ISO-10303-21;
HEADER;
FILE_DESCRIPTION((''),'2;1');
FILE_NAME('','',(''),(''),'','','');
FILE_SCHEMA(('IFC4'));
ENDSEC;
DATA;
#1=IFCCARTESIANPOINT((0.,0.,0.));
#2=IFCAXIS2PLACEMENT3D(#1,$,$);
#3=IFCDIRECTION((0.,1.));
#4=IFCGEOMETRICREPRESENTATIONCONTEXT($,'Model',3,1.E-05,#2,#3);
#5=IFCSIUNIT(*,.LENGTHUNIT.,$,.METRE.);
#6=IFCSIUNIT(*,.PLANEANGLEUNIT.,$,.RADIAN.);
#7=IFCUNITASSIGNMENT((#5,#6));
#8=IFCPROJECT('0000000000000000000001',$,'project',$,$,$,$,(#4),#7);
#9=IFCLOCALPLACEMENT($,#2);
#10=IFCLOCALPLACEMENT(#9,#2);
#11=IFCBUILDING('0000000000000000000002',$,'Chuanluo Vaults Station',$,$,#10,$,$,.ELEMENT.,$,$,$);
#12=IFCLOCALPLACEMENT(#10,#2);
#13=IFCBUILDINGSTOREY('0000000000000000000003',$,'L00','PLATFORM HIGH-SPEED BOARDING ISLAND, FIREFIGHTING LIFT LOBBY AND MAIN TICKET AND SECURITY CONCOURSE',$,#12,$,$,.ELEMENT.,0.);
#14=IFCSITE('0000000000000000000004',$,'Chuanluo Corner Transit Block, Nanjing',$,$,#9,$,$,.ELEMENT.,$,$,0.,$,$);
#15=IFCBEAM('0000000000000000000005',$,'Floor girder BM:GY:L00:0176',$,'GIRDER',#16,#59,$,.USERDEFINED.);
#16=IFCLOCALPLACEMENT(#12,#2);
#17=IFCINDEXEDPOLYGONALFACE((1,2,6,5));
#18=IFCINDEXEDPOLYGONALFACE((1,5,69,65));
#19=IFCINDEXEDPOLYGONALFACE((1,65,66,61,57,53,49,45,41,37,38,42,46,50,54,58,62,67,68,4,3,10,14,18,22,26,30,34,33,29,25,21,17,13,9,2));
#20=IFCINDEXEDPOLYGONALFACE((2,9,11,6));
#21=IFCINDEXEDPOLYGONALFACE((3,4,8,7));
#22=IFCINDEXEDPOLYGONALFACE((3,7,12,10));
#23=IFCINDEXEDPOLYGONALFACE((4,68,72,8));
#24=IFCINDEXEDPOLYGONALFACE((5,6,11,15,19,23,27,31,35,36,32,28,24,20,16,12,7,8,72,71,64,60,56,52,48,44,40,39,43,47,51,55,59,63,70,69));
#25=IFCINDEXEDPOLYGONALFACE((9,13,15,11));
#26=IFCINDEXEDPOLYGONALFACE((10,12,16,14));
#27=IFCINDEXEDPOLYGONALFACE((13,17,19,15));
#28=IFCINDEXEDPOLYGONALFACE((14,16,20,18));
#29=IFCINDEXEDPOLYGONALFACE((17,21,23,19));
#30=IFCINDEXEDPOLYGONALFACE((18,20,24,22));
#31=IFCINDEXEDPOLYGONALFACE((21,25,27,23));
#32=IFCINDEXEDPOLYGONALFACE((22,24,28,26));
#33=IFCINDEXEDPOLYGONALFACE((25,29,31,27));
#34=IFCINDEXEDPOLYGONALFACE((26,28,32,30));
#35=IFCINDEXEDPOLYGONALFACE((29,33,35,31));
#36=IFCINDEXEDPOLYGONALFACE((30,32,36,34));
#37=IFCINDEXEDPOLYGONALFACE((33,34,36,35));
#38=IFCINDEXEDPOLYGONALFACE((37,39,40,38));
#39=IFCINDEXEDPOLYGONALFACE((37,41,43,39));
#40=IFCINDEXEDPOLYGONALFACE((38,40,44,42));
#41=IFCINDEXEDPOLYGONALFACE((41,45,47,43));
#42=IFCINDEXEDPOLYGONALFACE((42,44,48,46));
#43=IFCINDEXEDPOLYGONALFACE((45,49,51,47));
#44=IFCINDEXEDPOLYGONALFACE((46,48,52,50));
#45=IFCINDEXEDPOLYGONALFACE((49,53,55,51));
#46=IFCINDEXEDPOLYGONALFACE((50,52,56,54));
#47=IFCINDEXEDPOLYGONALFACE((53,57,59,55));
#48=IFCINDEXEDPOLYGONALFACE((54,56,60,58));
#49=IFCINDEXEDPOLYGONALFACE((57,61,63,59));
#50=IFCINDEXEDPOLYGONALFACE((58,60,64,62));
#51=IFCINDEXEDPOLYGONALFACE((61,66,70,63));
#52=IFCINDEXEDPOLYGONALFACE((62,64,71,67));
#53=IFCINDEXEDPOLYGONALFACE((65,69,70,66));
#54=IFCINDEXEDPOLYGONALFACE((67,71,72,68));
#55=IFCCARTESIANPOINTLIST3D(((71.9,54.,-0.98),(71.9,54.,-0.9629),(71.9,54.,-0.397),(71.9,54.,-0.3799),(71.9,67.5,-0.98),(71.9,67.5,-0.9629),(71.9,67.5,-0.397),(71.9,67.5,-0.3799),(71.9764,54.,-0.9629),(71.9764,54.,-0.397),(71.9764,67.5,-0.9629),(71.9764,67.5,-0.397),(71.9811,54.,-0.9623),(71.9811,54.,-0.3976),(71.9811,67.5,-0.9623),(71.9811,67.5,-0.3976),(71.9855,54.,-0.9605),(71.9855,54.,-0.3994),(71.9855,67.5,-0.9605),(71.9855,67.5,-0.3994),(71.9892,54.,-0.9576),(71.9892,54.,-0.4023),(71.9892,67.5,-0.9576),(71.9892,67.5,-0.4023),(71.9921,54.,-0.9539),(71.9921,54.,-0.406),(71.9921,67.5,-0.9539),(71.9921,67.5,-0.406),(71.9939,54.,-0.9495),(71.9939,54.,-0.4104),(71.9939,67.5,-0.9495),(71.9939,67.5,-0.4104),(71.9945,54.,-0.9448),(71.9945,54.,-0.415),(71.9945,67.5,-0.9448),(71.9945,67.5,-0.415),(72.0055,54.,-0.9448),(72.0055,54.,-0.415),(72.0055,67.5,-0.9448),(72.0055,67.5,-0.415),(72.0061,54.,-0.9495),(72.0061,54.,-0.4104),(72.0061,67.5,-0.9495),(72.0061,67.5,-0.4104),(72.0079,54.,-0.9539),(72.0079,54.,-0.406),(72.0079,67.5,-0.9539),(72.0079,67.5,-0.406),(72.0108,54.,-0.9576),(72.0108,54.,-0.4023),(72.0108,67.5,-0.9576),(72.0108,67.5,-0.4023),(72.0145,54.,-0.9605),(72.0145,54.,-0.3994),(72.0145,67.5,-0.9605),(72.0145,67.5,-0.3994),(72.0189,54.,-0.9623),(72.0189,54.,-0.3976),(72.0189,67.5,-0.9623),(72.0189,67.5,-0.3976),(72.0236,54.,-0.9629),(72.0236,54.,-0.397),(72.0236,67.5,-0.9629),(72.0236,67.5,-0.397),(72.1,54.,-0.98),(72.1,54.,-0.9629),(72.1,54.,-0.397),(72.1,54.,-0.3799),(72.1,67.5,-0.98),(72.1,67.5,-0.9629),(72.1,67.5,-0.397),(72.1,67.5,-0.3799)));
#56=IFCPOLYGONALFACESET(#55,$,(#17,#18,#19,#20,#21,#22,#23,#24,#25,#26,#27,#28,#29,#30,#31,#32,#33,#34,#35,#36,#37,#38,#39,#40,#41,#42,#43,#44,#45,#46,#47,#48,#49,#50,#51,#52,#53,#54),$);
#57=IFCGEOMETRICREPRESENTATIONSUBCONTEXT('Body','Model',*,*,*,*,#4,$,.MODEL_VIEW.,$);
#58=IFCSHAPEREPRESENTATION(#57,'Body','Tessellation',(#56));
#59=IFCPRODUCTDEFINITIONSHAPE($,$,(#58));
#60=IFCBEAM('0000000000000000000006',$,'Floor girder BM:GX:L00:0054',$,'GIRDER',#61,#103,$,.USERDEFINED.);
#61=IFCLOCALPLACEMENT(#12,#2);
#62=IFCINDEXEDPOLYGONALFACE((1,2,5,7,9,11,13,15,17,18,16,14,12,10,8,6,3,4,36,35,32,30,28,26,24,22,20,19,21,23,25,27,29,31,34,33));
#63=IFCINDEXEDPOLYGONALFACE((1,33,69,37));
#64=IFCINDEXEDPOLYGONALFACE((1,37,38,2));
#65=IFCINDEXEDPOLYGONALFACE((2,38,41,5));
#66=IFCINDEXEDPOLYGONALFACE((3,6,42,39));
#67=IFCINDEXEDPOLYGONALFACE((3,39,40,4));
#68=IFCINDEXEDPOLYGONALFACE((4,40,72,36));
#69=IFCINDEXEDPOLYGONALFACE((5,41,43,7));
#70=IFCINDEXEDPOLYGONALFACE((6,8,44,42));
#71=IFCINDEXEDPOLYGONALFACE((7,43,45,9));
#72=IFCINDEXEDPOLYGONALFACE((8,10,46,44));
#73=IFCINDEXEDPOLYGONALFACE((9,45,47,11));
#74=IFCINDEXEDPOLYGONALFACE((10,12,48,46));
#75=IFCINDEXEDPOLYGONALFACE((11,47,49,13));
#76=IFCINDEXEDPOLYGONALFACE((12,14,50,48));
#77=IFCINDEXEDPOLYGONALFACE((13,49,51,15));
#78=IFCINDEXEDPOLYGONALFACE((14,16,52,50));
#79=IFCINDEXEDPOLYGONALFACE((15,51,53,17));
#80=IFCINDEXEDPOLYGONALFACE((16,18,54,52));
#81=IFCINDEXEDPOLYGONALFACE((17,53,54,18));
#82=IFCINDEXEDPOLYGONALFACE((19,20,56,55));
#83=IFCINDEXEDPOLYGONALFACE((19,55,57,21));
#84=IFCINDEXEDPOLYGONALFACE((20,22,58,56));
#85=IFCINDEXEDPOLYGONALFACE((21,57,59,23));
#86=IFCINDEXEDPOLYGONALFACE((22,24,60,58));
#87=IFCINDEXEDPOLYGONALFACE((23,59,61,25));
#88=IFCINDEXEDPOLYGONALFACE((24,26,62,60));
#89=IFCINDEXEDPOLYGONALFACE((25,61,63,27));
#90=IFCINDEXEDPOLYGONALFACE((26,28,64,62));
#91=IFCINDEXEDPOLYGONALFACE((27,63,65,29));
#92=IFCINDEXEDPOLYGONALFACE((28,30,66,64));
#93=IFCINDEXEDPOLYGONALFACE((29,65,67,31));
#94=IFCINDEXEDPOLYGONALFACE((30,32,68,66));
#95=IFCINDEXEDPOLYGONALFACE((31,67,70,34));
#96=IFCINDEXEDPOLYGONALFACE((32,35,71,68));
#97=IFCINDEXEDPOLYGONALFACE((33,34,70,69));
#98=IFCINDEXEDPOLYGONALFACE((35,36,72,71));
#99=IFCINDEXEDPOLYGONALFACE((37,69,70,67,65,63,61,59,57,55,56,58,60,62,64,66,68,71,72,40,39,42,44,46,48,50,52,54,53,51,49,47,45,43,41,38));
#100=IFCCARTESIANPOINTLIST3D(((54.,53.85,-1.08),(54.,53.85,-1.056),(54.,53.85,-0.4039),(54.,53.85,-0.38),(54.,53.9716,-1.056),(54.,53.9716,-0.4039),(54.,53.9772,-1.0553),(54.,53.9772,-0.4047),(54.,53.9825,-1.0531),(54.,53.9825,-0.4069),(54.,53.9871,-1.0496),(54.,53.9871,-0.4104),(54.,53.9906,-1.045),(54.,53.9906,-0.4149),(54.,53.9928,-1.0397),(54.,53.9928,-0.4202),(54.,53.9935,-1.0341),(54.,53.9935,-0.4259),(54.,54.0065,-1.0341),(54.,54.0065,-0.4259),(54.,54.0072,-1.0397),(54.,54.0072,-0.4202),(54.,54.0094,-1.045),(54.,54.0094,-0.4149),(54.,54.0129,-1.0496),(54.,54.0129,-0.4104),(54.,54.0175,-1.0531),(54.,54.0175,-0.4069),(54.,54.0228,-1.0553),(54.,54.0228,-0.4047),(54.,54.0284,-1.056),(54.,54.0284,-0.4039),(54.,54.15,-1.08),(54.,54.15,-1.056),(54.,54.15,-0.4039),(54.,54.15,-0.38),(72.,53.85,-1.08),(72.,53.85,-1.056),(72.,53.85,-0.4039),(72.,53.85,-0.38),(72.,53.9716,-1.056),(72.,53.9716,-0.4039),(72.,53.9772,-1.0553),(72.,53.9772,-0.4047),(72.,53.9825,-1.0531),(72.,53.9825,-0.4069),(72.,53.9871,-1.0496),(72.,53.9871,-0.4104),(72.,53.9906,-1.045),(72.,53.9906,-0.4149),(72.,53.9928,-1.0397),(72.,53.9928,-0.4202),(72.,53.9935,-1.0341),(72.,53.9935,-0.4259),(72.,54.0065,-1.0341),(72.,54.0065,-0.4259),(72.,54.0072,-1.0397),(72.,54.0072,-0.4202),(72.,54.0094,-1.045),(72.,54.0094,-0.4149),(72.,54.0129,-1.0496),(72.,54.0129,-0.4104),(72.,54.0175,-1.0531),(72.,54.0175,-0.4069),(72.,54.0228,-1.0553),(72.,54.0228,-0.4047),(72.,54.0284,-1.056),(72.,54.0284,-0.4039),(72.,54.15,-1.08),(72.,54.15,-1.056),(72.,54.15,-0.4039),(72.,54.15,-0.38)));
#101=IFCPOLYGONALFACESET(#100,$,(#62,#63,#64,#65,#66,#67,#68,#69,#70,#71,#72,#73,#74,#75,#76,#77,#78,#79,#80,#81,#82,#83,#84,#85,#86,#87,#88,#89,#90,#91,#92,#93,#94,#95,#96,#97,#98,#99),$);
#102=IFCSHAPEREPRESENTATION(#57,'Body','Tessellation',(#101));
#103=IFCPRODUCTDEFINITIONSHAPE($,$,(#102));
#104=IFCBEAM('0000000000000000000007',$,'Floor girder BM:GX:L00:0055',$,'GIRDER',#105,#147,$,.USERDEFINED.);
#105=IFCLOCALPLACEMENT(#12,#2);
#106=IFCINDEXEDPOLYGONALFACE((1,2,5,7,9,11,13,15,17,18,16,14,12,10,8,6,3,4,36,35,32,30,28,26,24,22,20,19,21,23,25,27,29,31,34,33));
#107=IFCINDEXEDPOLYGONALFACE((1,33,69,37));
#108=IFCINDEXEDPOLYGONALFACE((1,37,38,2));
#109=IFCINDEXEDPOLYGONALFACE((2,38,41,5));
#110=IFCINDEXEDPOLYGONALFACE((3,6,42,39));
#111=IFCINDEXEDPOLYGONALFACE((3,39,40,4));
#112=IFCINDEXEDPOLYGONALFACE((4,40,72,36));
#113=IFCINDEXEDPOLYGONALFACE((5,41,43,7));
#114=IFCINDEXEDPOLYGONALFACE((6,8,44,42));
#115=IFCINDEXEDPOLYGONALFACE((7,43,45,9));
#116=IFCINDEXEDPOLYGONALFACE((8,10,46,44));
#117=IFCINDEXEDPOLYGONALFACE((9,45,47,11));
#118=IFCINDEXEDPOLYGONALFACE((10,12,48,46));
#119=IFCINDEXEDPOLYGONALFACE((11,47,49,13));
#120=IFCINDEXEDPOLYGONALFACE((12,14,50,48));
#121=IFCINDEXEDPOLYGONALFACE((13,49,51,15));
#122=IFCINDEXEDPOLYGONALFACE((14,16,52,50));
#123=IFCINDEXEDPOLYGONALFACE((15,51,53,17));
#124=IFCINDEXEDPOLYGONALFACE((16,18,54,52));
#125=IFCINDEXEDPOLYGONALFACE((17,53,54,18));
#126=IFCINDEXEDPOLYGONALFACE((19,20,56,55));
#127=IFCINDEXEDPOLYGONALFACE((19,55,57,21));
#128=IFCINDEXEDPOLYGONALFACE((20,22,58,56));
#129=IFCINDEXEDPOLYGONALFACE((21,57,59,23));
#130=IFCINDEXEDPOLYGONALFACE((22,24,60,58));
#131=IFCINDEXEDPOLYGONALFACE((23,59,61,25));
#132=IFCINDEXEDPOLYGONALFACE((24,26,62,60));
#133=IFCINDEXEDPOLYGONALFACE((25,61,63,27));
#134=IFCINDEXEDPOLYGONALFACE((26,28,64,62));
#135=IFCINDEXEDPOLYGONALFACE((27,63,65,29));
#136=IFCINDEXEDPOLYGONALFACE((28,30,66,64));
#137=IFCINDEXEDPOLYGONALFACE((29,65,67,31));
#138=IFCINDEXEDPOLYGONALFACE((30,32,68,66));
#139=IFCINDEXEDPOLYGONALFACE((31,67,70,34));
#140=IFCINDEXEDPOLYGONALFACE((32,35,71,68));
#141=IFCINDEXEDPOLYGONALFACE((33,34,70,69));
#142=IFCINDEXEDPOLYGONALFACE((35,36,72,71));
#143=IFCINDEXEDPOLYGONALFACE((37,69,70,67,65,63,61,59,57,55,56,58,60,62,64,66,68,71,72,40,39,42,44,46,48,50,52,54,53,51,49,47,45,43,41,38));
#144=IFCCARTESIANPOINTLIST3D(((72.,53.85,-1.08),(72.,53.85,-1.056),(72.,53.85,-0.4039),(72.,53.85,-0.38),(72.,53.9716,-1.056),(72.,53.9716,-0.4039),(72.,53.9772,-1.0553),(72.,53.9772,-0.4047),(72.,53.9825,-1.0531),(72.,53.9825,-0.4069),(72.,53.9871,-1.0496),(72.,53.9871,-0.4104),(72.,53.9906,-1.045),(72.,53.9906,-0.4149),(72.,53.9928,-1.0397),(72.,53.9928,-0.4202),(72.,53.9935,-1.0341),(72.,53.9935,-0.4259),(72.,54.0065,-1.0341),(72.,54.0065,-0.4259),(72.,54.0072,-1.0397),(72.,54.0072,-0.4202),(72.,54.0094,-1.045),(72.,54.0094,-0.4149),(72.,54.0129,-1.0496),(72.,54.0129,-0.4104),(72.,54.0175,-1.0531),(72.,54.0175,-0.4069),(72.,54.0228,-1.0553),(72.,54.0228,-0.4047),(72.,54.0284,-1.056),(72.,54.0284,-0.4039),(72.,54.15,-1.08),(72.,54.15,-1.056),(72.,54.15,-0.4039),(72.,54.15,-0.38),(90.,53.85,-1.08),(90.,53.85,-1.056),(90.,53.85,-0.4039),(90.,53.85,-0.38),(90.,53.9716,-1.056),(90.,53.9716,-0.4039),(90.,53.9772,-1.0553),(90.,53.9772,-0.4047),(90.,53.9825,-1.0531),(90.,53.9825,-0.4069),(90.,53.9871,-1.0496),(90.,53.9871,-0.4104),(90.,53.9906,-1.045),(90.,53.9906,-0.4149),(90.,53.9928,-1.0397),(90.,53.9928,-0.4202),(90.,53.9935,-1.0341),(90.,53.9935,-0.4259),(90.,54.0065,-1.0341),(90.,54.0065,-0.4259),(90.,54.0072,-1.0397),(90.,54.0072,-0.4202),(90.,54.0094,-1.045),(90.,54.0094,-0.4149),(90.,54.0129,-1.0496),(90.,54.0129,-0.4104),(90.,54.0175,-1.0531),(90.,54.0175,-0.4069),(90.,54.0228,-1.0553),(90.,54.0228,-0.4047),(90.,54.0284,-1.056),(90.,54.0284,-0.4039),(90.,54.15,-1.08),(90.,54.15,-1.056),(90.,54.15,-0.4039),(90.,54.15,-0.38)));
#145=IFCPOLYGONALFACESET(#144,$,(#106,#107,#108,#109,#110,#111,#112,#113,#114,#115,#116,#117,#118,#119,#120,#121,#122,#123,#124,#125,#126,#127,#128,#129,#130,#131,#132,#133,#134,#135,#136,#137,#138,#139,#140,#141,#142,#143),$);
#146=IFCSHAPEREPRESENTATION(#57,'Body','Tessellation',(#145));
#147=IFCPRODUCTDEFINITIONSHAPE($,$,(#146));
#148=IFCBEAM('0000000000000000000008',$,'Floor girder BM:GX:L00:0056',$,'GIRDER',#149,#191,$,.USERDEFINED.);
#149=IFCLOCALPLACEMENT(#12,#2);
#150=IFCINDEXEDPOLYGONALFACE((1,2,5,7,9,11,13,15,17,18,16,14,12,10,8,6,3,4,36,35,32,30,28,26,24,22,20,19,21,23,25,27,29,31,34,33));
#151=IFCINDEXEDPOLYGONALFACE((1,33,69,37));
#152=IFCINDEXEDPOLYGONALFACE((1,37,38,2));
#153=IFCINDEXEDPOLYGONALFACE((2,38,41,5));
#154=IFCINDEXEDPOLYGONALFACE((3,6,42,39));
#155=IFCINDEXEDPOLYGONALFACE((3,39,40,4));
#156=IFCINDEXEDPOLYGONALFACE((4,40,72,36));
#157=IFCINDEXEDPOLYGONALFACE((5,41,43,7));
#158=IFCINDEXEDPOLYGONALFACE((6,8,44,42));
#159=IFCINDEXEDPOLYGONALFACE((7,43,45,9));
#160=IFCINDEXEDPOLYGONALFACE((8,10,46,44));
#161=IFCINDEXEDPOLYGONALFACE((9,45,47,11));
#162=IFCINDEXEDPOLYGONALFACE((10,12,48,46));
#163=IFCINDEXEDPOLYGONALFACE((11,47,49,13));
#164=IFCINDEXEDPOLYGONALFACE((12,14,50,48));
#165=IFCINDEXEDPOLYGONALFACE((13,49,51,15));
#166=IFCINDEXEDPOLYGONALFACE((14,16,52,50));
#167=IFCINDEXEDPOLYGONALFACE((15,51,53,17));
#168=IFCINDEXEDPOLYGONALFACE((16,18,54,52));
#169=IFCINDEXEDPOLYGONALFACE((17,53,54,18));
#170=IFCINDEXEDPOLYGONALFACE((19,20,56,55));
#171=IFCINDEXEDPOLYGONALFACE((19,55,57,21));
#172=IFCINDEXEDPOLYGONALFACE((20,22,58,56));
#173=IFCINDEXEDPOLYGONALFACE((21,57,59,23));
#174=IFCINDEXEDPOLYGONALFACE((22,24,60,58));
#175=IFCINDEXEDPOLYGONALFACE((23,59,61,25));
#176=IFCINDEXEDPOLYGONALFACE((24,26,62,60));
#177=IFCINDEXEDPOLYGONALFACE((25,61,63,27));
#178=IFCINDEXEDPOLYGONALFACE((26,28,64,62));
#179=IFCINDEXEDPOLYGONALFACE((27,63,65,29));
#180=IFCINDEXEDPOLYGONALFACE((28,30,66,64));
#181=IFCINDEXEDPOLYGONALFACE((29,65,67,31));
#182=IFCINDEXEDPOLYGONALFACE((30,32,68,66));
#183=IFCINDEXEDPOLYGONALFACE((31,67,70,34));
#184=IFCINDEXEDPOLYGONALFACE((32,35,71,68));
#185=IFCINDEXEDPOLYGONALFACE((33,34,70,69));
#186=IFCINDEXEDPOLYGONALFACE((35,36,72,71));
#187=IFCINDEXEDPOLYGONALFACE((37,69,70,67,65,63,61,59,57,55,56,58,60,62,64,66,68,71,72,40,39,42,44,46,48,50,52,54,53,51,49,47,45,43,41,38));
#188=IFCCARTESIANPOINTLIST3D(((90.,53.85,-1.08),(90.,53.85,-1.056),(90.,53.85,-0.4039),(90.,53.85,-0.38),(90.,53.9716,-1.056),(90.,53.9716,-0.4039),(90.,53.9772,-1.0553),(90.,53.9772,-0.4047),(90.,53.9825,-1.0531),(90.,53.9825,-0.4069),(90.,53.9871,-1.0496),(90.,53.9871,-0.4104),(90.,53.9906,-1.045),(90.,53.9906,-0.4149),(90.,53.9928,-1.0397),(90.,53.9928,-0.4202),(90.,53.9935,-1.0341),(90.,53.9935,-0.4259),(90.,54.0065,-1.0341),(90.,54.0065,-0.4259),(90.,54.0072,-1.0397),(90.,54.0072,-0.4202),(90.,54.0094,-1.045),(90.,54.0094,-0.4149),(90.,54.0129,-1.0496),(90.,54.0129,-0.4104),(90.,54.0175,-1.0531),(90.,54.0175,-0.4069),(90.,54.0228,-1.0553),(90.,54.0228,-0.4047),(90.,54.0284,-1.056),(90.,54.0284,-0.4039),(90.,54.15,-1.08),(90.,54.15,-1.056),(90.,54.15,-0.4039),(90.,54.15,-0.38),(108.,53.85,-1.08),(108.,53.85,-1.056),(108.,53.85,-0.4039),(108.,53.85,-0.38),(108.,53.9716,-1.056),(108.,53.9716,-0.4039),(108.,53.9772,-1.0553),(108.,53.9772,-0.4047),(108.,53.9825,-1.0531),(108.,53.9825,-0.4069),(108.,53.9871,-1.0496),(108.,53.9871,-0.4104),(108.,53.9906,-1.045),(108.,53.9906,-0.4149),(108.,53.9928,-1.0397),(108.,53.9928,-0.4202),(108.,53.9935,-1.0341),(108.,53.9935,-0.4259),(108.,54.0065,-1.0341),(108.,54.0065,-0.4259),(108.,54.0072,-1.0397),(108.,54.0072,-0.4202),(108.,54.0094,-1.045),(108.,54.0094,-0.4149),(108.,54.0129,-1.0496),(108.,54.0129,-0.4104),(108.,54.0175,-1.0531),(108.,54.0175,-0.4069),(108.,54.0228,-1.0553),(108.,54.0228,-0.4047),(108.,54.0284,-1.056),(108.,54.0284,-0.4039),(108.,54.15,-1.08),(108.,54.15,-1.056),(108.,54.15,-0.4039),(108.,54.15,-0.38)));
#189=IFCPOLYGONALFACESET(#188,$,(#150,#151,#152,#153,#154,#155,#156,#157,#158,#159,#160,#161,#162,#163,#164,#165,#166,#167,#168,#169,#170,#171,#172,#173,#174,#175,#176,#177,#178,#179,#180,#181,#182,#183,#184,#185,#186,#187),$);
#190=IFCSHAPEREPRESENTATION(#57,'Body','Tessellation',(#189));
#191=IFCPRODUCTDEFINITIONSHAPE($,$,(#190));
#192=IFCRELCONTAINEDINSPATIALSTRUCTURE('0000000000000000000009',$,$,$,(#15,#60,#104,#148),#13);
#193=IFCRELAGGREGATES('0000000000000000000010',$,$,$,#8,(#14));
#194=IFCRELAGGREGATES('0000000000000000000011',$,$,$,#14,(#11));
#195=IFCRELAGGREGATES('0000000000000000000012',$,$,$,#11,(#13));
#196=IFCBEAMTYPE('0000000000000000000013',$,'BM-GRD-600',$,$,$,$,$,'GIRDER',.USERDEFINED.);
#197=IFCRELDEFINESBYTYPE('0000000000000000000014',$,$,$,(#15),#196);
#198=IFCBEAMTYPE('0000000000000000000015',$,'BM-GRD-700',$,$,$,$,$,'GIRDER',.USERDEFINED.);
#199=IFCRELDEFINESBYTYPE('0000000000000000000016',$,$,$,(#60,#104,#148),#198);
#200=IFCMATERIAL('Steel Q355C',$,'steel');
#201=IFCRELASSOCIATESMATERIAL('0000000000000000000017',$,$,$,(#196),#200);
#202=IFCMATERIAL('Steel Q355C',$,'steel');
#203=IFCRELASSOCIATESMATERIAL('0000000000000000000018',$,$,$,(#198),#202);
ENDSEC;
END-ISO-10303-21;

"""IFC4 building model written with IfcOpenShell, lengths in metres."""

from ifc_helpers import new_model, si_unit, direction, frame, origin, origin_2d, place, context, subcontext, project, spatial, i_section, extrude, material, material_profile, profile_set, type_object, element, save


model = new_model("IFC4")

# Units and contexts
model_context = context("Model", 3, precision=1e-05, world=origin(), true_north=direction((0.0, 1.0)))
body_context = subcontext(model_context, "Body", "Model", "MODEL_VIEW")
ifc_project = project(units=[si_unit("LENGTHUNIT", "METRE"), si_unit("PLANEANGLEUNIT", "RADIAN")], contexts=[model_context])

# Site, building, storey
site_placement = place(None, origin())
site = spatial("IfcSite", under=ifc_project, at=site_placement, Name="Chuanluo Corner Transit Block, Nanjing", CompositionType="ELEMENT", RefElevation=0.0)
building_placement = place(site_placement, origin())
building = spatial("IfcBuilding", under=site, at=building_placement, Name="Chuanluo Vaults Station", CompositionType="ELEMENT")
storey_placement = place(building_placement, origin())
storey = spatial("IfcBuildingStorey", under=building, at=storey_placement, Name="L00", Description="PLATFORM HIGH-SPEED BOARDING ISLAND, FIREFIGHTING LIFT LOBBY AND MAIN TICKET AND SECURITY CONCOURSE", CompositionType="ELEMENT", Elevation=0.0)

# Beams
ifc_material_1 = material(Name="Steel Q355C", Category="steel")
ifc_material_profile_1 = material_profile(ifc_material_1, i_section(OverallWidth=0.2, OverallDepth=0.6001, WebThickness=0.011, FlangeThickness=0.0171, FilletRadius=0.0181, at=origin_2d()))
ifc_profile_set_1 = profile_set([ifc_material_profile_1], Name="Steel Q355C")
beam_type_1 = type_object("IfcBeamType", Name="BM-GRD-600", ElementType="GIRDER", PredefinedType="USERDEFINED", material=ifc_profile_set_1)
for number, where, z_axis, x_axis, name in (
    (1, (72.0, 54.0, -0.6799), (0.0, 1.0, 0.0), (-1.0, 0.0, 0.0), "Floor girder BM:GY:L00:0176"),
):
    element("IfcBeam", number, at=place(storey_placement, frame(where, z_axis=z_axis, x_axis=x_axis)), inside=storey, type_object=beam_type_1, Name=name, ObjectType="GIRDER", PredefinedType="USERDEFINED", context=body_context, shape_type="SweptSolid", body=[
        extrude(i_section(OverallWidth=0.2, OverallDepth=0.6001, WebThickness=0.011, FlangeThickness=0.0171, FilletRadius=0.0181, at=origin_2d()), origin(), (0.0, 0.0, 1.0), 13.5),
    ])
ifc_material_2 = material(Name="Steel Q355C", Category="steel")
ifc_material_profile_2 = material_profile(ifc_material_2, i_section(OverallWidth=0.3, OverallDepth=0.7, WebThickness=0.0129, FlangeThickness=0.0239, FilletRadius=0.022, at=origin_2d()))
ifc_profile_set_2 = profile_set([ifc_material_profile_2], Name="Steel Q355C")
beam_type_2 = type_object("IfcBeamType", Name="BM-GRD-700", ElementType="GIRDER", PredefinedType="USERDEFINED", material=ifc_profile_set_2)
for number, where, z_axis, x_axis, name in (
    (2, (54.0, 54.0, -0.73), (1.0, 0.0, 0.0), (0.0, 1.0, 0.0), "Floor girder BM:GX:L00:0054"),
    (3, (72.0, 54.0, -0.73), (1.0, 0.0, 0.0), (0.0, 1.0, 0.0), "Floor girder BM:GX:L00:0055"),
    (4, (90.0, 54.0, -0.73), (1.0, 0.0, 0.0), (0.0, 1.0, 0.0), "Floor girder BM:GX:L00:0056"),
):
    element("IfcBeam", number, at=place(storey_placement, frame(where, z_axis=z_axis, x_axis=x_axis)), inside=storey, type_object=beam_type_2, Name=name, ObjectType="GIRDER", PredefinedType="USERDEFINED", context=body_context, shape_type="SweptSolid", body=[
        extrude(i_section(OverallWidth=0.3, OverallDepth=0.7, WebThickness=0.0129, FlangeThickness=0.0239, FilletRadius=0.022, at=origin_2d()), origin(), (0.0, 0.0, 1.0), 18.0),
    ])

save(model, "model.ifc")
